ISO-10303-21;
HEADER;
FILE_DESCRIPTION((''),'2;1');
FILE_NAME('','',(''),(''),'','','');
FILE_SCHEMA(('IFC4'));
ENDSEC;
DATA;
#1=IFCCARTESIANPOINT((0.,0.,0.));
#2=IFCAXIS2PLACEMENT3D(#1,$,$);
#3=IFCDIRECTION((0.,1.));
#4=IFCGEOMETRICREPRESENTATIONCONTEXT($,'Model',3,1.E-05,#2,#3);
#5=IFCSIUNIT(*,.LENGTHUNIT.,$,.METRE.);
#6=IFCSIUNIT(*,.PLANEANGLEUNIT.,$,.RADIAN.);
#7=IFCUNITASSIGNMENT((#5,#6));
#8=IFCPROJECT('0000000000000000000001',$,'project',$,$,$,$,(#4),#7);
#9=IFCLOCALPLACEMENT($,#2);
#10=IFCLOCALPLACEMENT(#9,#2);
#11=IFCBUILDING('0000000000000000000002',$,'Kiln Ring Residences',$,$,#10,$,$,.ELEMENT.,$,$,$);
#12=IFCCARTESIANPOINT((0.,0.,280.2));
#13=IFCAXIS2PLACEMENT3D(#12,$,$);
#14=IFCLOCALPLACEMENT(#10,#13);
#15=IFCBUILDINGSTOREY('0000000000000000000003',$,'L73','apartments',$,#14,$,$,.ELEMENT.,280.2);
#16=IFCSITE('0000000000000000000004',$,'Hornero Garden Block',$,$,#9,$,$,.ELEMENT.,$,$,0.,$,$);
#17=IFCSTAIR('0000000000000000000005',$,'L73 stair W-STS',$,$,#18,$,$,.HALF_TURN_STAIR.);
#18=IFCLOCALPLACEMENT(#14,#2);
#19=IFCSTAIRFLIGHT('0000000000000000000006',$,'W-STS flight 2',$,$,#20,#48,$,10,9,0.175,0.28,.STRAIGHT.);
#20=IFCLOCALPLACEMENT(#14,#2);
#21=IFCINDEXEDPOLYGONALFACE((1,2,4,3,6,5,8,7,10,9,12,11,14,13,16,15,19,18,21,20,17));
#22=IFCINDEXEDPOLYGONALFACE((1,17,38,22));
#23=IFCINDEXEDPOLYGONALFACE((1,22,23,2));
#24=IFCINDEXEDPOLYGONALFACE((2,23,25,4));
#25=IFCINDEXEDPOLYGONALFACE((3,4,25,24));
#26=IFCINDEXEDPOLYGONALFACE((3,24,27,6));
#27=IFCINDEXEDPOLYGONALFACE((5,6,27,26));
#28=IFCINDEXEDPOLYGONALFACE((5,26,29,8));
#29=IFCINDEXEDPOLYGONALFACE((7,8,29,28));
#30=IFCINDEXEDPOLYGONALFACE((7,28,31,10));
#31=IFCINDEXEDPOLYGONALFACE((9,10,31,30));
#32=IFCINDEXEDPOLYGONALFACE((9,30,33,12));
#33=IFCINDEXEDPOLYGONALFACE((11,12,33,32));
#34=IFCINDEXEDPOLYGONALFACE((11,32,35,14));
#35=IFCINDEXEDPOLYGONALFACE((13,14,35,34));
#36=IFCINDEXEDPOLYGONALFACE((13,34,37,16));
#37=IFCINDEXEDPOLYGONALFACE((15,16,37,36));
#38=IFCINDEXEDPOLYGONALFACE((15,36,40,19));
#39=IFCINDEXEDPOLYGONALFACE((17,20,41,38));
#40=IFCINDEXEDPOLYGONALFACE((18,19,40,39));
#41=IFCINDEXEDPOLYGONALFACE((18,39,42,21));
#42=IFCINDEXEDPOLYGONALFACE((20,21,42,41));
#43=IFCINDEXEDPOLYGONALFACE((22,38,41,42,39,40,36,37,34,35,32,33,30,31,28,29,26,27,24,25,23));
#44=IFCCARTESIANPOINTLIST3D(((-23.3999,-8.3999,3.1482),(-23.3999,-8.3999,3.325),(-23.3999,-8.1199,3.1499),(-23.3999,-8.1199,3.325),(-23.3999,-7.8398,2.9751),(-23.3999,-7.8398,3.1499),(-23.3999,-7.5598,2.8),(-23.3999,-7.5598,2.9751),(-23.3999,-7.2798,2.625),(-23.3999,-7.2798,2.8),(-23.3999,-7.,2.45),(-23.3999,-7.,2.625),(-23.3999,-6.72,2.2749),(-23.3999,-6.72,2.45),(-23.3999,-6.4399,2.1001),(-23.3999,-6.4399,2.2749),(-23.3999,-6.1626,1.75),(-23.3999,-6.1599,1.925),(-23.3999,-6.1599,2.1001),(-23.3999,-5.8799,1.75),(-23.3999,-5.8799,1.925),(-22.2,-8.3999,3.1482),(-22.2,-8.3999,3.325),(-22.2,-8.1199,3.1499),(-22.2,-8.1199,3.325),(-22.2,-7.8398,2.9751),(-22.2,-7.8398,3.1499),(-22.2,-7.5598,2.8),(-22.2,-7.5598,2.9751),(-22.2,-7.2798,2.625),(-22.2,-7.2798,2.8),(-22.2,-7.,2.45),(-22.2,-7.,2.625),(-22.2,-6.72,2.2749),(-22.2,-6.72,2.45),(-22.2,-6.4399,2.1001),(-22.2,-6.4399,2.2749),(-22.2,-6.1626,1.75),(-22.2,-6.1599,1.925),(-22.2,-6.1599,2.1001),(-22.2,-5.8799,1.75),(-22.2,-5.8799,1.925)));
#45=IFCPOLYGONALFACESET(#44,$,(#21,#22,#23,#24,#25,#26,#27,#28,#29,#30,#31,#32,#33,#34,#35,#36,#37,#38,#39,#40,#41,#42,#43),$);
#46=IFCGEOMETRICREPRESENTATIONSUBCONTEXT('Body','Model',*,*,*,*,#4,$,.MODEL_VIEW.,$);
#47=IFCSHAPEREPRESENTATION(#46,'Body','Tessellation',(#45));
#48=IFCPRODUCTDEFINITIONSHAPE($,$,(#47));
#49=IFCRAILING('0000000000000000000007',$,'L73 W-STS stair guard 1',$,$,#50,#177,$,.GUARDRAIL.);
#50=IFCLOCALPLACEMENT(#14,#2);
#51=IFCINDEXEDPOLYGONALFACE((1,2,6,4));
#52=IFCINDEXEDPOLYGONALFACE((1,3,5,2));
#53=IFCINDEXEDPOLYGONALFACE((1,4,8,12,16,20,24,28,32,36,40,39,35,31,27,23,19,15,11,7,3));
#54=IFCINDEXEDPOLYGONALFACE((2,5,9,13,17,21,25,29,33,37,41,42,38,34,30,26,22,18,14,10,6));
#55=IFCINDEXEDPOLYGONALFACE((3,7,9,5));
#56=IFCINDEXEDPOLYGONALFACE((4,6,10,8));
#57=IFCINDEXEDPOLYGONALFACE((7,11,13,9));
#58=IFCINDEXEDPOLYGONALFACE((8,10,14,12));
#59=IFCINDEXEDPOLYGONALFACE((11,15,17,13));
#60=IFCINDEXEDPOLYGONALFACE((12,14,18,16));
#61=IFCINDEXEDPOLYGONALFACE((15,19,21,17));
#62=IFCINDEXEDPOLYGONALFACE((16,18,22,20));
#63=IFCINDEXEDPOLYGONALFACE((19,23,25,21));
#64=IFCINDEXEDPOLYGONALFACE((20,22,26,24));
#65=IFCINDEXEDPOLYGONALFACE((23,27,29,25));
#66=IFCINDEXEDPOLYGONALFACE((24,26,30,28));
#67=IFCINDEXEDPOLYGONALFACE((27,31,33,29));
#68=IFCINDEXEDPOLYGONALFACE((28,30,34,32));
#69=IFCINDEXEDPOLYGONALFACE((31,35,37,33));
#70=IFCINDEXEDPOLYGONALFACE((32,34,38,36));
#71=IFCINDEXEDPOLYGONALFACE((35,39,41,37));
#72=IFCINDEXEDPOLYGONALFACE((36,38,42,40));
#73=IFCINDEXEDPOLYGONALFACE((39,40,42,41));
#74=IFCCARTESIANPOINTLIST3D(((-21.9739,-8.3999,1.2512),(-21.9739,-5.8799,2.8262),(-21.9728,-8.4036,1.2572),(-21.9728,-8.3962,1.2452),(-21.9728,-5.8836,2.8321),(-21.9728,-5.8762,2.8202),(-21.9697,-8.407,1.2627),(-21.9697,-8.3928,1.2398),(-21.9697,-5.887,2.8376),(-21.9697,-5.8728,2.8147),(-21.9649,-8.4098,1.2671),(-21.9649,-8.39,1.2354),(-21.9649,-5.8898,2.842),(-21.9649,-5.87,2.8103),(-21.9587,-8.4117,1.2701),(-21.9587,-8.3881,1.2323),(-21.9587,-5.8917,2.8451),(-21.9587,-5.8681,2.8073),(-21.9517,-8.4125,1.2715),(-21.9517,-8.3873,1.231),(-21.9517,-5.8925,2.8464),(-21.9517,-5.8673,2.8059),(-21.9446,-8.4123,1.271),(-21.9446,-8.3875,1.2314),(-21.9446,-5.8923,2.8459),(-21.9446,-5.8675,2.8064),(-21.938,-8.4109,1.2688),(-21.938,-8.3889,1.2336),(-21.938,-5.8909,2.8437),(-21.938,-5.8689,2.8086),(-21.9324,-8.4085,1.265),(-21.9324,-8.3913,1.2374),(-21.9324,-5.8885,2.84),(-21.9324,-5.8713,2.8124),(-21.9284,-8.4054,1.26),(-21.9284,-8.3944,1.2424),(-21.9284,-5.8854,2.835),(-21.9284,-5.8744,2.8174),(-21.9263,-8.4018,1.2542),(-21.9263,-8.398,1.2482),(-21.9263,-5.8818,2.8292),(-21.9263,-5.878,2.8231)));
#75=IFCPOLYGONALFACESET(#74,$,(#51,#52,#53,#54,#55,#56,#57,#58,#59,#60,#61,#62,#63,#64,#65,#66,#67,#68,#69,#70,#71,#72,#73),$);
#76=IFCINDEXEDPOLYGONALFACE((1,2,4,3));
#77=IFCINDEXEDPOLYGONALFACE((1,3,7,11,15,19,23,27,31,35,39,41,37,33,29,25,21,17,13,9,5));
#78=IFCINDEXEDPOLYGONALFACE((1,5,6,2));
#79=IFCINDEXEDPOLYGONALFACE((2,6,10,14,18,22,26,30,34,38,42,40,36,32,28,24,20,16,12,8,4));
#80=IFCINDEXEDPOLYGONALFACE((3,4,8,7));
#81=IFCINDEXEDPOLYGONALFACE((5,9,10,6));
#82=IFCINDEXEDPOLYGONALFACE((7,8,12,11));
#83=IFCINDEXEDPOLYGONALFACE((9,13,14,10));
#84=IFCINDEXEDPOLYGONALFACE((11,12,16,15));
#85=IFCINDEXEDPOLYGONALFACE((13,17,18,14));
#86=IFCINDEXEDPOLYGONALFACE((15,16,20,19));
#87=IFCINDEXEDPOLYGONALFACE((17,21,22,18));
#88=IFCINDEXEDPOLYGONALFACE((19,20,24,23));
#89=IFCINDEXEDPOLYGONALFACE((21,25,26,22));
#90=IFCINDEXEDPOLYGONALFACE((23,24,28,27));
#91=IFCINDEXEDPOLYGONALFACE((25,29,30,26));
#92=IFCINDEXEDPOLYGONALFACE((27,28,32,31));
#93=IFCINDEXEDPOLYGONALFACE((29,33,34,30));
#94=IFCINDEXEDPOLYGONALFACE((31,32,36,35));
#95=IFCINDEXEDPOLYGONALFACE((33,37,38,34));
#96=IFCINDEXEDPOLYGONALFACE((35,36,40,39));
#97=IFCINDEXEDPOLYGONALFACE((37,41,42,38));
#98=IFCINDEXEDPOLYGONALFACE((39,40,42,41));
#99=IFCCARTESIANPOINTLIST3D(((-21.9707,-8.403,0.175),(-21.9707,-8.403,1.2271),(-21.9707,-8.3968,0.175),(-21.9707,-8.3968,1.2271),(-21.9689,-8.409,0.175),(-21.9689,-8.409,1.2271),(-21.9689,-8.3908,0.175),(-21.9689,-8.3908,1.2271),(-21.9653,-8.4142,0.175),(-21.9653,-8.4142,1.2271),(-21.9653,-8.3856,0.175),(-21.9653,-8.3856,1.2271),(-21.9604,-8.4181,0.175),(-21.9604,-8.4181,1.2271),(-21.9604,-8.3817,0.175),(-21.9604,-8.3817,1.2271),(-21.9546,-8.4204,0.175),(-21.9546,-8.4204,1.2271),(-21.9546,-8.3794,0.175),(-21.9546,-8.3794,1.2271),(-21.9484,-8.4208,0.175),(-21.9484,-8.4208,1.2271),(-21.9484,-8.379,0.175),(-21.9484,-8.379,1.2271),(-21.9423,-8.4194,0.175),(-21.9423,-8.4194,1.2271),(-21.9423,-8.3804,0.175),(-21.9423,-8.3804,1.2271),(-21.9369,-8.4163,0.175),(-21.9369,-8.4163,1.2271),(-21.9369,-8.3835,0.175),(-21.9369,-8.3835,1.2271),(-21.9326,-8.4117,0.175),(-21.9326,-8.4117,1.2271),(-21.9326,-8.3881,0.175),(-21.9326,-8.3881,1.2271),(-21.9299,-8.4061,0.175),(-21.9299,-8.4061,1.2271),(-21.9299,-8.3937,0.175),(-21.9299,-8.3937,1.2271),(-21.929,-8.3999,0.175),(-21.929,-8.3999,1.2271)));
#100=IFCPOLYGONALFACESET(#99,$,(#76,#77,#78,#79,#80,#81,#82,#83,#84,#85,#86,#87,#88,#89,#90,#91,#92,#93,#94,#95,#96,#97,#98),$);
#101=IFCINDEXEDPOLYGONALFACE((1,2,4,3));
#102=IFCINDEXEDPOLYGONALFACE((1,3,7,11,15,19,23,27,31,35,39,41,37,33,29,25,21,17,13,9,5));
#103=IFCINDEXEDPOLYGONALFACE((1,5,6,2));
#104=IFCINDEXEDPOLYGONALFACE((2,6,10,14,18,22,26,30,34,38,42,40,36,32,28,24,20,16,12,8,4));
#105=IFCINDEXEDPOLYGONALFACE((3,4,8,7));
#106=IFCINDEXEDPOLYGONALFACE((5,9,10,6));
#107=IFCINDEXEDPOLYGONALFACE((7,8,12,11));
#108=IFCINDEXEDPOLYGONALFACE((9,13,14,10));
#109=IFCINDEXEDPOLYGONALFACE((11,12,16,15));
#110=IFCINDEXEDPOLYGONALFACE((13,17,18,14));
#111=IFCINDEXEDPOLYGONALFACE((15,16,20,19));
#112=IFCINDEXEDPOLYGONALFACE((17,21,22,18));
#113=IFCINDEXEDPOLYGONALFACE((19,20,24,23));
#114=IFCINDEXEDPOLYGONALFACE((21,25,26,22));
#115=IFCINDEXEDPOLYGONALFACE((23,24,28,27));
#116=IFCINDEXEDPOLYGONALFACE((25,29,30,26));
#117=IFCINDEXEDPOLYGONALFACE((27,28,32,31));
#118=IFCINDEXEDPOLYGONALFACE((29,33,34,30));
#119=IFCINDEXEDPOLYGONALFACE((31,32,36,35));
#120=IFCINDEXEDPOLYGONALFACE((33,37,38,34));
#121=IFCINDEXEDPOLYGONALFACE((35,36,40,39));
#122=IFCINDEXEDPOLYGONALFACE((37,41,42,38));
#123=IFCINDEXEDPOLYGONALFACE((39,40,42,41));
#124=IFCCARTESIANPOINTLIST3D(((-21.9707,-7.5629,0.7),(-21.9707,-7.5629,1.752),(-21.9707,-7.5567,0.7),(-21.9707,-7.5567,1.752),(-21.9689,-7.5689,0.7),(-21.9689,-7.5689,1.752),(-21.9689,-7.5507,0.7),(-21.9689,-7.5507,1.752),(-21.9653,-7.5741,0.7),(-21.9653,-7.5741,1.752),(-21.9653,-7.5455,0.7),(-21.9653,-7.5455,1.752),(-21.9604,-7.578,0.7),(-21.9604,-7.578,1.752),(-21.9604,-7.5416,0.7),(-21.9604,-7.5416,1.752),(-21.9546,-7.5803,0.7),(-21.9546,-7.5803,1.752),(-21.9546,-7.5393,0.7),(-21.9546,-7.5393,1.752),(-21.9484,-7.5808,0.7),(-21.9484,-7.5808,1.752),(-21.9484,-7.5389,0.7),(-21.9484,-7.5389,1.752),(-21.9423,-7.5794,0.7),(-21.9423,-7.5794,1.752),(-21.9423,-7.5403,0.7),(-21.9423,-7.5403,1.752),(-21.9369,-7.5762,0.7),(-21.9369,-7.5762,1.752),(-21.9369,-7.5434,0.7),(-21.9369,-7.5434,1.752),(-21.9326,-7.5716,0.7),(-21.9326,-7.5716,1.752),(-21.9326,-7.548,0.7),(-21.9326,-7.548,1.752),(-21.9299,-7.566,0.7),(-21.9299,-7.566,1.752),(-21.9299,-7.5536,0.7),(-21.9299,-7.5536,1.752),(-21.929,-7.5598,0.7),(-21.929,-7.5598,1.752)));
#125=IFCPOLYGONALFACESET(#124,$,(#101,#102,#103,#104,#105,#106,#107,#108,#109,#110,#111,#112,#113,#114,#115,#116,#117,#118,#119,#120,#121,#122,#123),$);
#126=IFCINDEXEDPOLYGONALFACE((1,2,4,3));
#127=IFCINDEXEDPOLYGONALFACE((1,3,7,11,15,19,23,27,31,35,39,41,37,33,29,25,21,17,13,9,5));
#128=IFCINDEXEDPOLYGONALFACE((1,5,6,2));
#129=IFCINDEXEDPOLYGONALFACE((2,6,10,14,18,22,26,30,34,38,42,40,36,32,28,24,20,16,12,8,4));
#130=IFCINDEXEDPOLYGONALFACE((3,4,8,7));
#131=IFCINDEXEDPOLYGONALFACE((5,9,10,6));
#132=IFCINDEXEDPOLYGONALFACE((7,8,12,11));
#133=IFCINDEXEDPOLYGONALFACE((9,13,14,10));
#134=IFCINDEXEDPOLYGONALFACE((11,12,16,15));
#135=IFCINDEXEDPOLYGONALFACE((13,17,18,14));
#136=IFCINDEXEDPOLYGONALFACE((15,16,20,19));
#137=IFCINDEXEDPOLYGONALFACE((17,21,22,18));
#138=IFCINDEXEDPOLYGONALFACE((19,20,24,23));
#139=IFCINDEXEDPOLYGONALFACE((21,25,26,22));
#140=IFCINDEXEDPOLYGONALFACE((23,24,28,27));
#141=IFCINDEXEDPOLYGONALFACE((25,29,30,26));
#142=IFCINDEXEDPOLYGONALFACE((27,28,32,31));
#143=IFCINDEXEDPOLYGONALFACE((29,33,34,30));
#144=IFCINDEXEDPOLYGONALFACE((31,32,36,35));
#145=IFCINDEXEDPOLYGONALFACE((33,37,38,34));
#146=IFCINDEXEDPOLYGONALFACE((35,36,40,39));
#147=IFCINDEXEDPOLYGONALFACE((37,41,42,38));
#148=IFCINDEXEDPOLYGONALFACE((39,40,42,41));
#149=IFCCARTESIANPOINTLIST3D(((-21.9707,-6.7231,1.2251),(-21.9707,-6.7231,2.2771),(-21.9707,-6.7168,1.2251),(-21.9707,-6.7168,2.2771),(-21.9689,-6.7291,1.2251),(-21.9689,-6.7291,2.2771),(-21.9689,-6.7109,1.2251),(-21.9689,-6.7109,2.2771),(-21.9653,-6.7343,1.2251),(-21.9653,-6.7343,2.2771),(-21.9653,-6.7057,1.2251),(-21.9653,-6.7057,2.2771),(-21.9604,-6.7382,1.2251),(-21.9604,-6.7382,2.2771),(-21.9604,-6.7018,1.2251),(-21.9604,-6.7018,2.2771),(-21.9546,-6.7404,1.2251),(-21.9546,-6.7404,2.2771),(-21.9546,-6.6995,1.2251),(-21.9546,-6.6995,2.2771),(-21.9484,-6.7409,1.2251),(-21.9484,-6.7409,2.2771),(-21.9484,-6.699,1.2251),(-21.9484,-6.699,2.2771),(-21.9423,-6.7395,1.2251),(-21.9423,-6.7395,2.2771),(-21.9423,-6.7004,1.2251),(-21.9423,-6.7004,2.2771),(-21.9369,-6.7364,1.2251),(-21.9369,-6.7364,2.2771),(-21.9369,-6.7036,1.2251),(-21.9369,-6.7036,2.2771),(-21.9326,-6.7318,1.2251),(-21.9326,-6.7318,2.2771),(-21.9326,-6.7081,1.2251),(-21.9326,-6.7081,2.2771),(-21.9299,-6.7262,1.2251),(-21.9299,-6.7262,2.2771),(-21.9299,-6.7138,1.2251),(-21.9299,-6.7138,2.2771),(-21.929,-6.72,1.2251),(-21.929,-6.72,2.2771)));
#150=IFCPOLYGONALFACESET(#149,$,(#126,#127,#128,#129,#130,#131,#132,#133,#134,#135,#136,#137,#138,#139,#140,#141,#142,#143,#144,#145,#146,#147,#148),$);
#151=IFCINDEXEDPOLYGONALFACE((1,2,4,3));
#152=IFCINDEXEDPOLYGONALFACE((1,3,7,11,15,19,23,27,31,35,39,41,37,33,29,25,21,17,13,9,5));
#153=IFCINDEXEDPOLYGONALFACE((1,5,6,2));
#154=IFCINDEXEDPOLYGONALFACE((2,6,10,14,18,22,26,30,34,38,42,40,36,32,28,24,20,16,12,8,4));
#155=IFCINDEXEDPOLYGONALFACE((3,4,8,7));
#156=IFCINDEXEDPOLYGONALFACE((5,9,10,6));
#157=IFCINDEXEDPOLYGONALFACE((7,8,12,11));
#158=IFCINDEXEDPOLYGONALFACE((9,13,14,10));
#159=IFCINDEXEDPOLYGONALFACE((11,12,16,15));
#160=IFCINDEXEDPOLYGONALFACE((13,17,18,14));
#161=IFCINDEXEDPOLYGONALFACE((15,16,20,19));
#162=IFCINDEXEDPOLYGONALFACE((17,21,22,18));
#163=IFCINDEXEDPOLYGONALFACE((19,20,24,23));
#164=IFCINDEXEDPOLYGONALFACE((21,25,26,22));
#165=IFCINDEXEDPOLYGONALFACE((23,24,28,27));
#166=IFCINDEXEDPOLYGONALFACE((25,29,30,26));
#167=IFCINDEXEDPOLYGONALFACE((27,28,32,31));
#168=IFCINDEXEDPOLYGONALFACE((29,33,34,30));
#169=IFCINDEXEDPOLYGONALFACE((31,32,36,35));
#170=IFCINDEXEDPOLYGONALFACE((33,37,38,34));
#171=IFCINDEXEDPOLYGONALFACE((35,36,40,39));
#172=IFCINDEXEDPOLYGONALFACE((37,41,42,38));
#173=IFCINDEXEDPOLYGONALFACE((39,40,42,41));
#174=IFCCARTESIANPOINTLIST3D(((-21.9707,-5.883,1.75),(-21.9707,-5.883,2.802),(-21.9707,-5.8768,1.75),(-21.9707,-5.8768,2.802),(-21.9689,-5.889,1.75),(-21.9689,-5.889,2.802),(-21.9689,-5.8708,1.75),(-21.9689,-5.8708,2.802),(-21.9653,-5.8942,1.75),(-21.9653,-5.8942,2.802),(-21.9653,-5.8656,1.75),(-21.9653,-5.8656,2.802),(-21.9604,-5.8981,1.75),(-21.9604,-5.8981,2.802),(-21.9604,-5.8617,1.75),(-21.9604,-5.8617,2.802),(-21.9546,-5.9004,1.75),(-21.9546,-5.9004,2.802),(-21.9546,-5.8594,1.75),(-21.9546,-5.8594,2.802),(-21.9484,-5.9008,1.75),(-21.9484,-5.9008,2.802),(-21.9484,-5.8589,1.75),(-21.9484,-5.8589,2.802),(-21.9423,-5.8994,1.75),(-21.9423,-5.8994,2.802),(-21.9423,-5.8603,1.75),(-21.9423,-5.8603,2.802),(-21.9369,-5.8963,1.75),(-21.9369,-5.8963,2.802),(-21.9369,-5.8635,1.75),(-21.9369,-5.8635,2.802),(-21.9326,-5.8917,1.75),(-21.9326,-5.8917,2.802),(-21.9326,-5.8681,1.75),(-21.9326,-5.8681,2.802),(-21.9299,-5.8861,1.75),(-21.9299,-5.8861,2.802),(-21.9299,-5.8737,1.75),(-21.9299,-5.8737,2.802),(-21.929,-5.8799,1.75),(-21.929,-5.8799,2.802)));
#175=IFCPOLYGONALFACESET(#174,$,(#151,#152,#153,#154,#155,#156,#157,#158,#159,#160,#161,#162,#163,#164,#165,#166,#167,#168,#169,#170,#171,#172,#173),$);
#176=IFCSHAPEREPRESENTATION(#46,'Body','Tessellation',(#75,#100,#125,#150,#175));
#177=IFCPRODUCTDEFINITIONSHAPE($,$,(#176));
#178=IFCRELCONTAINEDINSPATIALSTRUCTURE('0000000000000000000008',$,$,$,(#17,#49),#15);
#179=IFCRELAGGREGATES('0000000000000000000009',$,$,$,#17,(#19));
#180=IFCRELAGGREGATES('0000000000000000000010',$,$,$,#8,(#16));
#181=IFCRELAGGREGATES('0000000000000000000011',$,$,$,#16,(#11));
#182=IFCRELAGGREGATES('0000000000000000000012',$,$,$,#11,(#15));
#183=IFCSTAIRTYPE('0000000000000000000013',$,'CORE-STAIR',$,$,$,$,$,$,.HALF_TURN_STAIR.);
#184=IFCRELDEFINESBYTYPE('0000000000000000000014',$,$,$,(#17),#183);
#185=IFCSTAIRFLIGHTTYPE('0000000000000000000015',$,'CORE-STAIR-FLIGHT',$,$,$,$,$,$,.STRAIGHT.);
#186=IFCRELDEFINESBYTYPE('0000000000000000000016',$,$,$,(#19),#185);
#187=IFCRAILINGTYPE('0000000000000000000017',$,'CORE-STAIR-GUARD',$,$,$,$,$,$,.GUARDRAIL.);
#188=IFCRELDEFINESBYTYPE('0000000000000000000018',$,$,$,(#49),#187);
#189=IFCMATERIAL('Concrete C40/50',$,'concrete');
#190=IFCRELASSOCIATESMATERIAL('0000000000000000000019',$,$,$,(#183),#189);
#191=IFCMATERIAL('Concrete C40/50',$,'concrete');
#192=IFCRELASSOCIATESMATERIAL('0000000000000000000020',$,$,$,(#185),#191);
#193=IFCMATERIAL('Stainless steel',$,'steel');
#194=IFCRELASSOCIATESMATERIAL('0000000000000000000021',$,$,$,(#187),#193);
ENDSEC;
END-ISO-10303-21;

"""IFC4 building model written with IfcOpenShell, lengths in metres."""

from ifc_helpers import new_model, si_unit, direction, frame, origin, origin_2d, place, context, subcontext, project, spatial, polyline, circle, outline, extrude, material, type_object, element, aggregate, save


model = new_model("IFC4")

# Units and contexts
model_context = context("Model", 3, precision=1e-05, world=origin(), true_north=direction((0.0, 1.0)))
body_context = subcontext(model_context, "Body", "Model", "MODEL_VIEW")
ifc_project = project(units=[si_unit("LENGTHUNIT", "METRE"), si_unit("PLANEANGLEUNIT", "RADIAN")], contexts=[model_context])

# Site, building, storey
site_placement = place(None, origin())
site = spatial("IfcSite", under=ifc_project, at=site_placement, Name="Hornero Garden Block", CompositionType="ELEMENT", RefElevation=0.0)
building_placement = place(site_placement, origin())
building = spatial("IfcBuilding", under=site, at=building_placement, Name="Kiln Ring Residences", CompositionType="ELEMENT")
storey_placement = place(building_placement, frame((0.0, 0.0, 280.2)))
storey = spatial("IfcBuildingStorey", under=building, at=storey_placement, Name="L73", Description="apartments", CompositionType="ELEMENT", Elevation=280.2)

# Stair, stair flight
ifc_material_1 = material(Name="Concrete C40/50", Category="concrete")
stair_type = type_object("IfcStairType", Name="CORE-STAIR", PredefinedType="HALF_TURN_STAIR", material=ifc_material_1)
stair_placement = place(storey_placement, origin())
stair = element("IfcStair", 1, at=stair_placement, inside=storey, type_object=stair_type, Name="L73 stair W-STS", PredefinedType="HALF_TURN_STAIR")
ifc_material_2 = material(Name="Concrete C40/50", Category="concrete")
stair_flight_type = type_object("IfcStairFlightType", Name="CORE-STAIR-FLIGHT", PredefinedType="STRAIGHT", material=ifc_material_2)
stair_flight_1_placement = place(storey_placement, frame((-22.8, -5.8799, 1.75), z_axis=(0.0, 0.0, 1.0), x_axis=(0.0, -1.0, 0.0)))
stair_flight_1 = element("IfcStairFlight", 2, at=stair_flight_1_placement, type_object=stair_flight_type, Name="W-STS flight 2", NumberOfRisers=10, NumberOfTreads=9, PredefinedType="STRAIGHT", RiserHeight=0.175, TreadLength=0.28, context=body_context, shape_type="SweptSolid", body=[
    extrude(outline(polyline([(0.0, 0.0), (0.0, 0.175), (0.28, 0.175), (0.28, 0.3501), (0.5601, 0.3501), (0.5601, 0.5249), (0.8401, 0.5249), (0.8401, 0.7), (1.1201, 0.7), (1.1201, 0.875), (1.3999, 0.875), (1.3999, 1.05), (1.6799, 1.05), (1.6799, 1.2251), (1.96, 1.2251), (1.96, 1.3999), (2.24, 1.3999), (2.24, 1.575), (2.52, 1.575), (2.52, 1.75), (2.52, 1.3982), (0.2827, 0.0), (0.0, 0.0)])), frame((0.0, 0.6001, 0.0), z_axis=(0.0, -1.0, 0.0), x_axis=(1.0, 0.0, 0.0)), (0.0, 0.0, 1.0), 1.2),
])
aggregate(stair, [stair_flight_1])

# Railing
ifc_material_3 = material(Name="Stainless steel", Category="steel")
railing_type_1 = type_object("IfcRailingType", Name="CORE-STAIR-GUARD", PredefinedType="GUARDRAIL", material=ifc_material_3)
railing_1_placement = place(storey_placement, frame((-21.95, -8.3999, 0.175)))
element("IfcRailing", 3, at=railing_1_placement, inside=storey, type_object=railing_type_1, Name="L73 W-STS stair guard 1", PredefinedType="GUARDRAIL", context=body_context, shape_type="SweptSolid", body=[
    extrude(circle(Radius=0.0239, at=origin_2d()), frame((0.0, 0.0, 1.0762), z_axis=(0.0, 0.848008, 0.529984), x_axis=(-1.0, 0.0, 0.0)), (0.0, 0.0, 1.0), 2.9717),
    extrude(circle(Radius=0.021, at=origin_2d()), origin(), (0.0, 0.0, 1.0), 1.052),
    extrude(circle(Radius=0.021, at=origin_2d()), frame((0.0, 0.8401, 0.5249)), (0.0, 0.0, 1.0), 1.052),
    extrude(circle(Radius=0.021, at=origin_2d()), frame((0.0, 1.6799, 1.05)), (0.0, 0.0, 1.0), 1.052),
    extrude(circle(Radius=0.021, at=origin_2d()), frame((0.0, 2.52, 1.575)), (0.0, 0.0, 1.0), 1.052),
])

save(model, "model.ifc")
